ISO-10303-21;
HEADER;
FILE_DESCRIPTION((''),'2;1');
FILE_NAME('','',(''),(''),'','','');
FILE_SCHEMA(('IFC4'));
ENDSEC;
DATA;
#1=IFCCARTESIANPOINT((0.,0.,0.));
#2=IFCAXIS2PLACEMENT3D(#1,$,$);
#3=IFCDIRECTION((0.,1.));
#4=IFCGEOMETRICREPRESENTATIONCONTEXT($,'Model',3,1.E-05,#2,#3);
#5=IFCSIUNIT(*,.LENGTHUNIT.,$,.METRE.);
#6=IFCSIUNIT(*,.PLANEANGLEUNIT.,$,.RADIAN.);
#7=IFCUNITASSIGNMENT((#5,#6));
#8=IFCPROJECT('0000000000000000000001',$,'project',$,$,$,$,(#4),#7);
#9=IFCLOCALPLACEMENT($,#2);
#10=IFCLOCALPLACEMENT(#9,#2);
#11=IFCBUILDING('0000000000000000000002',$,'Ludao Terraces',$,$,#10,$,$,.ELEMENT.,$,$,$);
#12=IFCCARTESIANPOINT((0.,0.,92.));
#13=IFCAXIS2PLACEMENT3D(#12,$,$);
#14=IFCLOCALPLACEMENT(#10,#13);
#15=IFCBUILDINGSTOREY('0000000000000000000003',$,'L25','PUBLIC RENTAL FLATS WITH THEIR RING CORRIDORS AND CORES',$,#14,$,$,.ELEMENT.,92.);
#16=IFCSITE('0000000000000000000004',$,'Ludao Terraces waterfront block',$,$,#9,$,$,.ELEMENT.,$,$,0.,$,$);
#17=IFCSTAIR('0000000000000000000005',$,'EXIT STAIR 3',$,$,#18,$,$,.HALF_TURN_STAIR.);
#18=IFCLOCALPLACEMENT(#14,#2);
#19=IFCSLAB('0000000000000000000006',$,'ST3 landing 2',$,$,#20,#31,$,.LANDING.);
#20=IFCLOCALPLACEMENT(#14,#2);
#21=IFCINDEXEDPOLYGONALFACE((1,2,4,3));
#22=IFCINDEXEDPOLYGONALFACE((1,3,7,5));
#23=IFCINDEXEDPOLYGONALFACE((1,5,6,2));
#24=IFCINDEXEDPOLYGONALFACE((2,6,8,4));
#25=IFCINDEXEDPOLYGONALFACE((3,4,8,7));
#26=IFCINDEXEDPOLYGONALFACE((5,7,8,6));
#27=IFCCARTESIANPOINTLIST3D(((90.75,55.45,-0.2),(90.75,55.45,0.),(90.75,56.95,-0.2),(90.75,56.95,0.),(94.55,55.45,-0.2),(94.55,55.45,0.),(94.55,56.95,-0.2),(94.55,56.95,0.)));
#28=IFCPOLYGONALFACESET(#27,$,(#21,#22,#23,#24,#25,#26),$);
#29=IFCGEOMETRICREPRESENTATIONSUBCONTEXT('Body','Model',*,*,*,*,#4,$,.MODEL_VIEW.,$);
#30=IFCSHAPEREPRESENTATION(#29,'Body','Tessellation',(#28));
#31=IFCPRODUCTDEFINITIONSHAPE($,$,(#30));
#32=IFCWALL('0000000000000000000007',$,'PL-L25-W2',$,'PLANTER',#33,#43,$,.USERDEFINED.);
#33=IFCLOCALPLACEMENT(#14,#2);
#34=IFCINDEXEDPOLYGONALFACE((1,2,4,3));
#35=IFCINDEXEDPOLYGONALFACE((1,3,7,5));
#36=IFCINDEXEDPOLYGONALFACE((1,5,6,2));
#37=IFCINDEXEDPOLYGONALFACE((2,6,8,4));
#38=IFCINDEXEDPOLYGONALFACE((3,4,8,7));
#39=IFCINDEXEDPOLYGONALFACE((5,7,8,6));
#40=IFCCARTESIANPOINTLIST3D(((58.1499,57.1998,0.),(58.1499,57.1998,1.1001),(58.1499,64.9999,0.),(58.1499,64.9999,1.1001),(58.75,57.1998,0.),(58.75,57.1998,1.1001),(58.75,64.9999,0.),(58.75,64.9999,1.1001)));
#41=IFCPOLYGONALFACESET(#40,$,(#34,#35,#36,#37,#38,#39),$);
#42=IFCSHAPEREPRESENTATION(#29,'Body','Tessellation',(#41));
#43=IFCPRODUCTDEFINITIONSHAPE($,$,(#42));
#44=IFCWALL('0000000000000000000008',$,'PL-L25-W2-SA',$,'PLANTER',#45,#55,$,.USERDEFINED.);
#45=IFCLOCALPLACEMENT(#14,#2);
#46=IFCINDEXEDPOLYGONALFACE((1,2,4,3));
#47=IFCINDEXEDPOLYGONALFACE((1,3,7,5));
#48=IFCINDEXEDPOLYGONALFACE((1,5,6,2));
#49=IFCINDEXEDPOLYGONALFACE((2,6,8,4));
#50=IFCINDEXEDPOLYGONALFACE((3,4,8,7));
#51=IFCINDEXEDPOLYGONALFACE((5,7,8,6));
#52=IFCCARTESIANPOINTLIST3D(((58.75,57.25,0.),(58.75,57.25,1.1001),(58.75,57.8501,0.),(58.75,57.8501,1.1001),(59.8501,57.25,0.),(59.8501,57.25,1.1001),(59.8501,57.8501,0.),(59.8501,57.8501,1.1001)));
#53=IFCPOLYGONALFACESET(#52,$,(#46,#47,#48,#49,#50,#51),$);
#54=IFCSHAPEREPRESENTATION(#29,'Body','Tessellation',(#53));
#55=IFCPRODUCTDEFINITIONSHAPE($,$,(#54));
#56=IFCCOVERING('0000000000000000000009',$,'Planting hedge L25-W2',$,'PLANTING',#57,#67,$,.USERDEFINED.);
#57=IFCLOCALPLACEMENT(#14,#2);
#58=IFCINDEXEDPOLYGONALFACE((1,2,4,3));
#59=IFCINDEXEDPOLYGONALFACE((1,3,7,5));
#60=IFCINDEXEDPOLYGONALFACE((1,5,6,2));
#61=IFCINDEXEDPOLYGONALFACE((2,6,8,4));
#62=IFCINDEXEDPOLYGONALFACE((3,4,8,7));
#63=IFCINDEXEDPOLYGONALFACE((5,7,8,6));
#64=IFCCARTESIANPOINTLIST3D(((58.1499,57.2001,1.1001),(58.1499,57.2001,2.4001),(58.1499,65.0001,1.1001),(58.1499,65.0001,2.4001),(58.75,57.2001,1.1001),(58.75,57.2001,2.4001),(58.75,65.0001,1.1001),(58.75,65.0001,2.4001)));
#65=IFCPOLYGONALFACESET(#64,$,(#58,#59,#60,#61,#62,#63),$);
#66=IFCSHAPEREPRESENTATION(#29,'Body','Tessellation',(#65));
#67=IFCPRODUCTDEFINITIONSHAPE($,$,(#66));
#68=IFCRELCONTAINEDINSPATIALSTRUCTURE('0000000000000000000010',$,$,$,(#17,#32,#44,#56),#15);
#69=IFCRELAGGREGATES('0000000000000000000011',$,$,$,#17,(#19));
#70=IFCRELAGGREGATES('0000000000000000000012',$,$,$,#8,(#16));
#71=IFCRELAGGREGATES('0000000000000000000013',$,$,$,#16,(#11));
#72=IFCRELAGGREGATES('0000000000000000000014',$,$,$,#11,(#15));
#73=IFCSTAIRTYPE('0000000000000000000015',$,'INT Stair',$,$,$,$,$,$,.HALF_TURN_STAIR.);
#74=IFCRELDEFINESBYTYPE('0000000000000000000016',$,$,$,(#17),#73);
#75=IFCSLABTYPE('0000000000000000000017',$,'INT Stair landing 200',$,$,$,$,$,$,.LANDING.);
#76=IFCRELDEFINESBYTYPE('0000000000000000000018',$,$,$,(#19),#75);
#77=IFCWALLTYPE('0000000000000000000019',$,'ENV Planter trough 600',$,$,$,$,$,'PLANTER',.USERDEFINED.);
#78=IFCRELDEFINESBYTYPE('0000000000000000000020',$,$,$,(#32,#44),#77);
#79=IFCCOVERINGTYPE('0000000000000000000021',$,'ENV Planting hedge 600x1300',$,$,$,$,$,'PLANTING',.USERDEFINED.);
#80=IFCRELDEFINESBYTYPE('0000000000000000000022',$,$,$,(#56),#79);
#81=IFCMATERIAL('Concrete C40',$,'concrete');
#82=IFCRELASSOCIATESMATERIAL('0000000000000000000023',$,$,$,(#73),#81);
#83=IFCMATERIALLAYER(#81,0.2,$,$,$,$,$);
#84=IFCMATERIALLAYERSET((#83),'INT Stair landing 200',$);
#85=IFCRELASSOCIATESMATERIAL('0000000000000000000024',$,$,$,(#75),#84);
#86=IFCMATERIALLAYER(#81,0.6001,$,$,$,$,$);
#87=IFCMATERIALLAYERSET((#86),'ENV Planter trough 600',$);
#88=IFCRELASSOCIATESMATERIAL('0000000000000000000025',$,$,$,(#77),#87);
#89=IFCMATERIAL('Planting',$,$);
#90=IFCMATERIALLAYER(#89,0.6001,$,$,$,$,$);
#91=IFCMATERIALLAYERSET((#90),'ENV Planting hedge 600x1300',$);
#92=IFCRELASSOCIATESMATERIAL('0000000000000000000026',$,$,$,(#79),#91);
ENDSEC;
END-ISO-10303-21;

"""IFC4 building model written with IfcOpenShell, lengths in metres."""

from ifc_helpers import new_model, si_unit, direction, frame, frame_2d, origin, origin_2d, place, context, subcontext, project, spatial, polyline, rectangle, outline, extrude, material, layer, layer_set, type_object, element, aggregate, save


model = new_model("IFC4")

# Units and contexts
model_context = context("Model", 3, precision=1e-05, world=origin(), true_north=direction((0.0, 1.0)))
body_context = subcontext(model_context, "Body", "Model", "MODEL_VIEW")
ifc_project = project(units=[si_unit("LENGTHUNIT", "METRE"), si_unit("PLANEANGLEUNIT", "RADIAN")], contexts=[model_context])

# Site, building, storey
site_placement = place(None, origin())
site = spatial("IfcSite", under=ifc_project, at=site_placement, Name="Ludao Terraces waterfront block", CompositionType="ELEMENT", RefElevation=0.0)
building_placement = place(site_placement, origin())
building = spatial("IfcBuilding", under=site, at=building_placement, Name="Ludao Terraces", CompositionType="ELEMENT")
storey_placement = place(building_placement, frame((0.0, 0.0, 92.0)))
storey = spatial("IfcBuildingStorey", under=building, at=storey_placement, Name="L25", Description="PUBLIC RENTAL FLATS WITH THEIR RING CORRIDORS AND CORES", CompositionType="ELEMENT", Elevation=92.0)

# Shared definitions
ifc_material_1 = material(Name="Concrete C40", Category="concrete")

# Stair, slab
stair_type = type_object("IfcStairType", Name="INT Stair", PredefinedType="HALF_TURN_STAIR", material=ifc_material_1)
ifc_layer_1 = layer(ifc_material_1, 0.2)
ifc_layer_set_1 = layer_set([ifc_layer_1], Name="INT Stair landing 200")
slab_type_1 = type_object("IfcSlabType", Name="INT Stair landing 200", PredefinedType="LANDING", material=ifc_layer_set_1)
stair_1_placement = place(storey_placement, origin())
stair_1 = element("IfcStair", 1, at=stair_1_placement, inside=storey, type_object=stair_type, Name="EXIT STAIR 3", PredefinedType="HALF_TURN_STAIR")
slab_1_placement = place(storey_placement, frame((0.0, 0.0, -0.2)))
slab_1 = element("IfcSlab", 2, at=slab_1_placement, type_object=slab_type_1, Name="ST3 landing 2", PredefinedType="LANDING", context=body_context, shape_type="SweptSolid", body=[
    extrude(outline(polyline([(90.75, 55.45), (94.55, 55.45), (94.55, 56.95), (90.75, 56.95), (90.75, 55.45)])), origin(), (0.0, 0.0, 1.0), 0.2),
])
aggregate(stair_1, [slab_1])

# Walls
ifc_layer_2 = layer(ifc_material_1, 0.6001)
ifc_layer_set_2 = layer_set([ifc_layer_2], Name="ENV Planter trough 600")
wall_type = type_object("IfcWallType", Name="ENV Planter trough 600", ElementType="PLANTER", PredefinedType="USERDEFINED", material=ifc_layer_set_2)
wall_1_placement = place(storey_placement, frame((58.45, 57.2, 0.0), z_axis=(0.0, 0.0, 1.0), x_axis=(0.0, 1.0, 0.0)))
element("IfcWall", 3, at=wall_1_placement, inside=storey, type_object=wall_type, Name="PL-L25-W2", ObjectType="PLANTER", PredefinedType="USERDEFINED", context=body_context, shape_type="SweptSolid", body=[
    extrude(rectangle(XDim=7.8, YDim=0.6001, at=frame_2d((3.8999, 0.0))), origin(), (0.0, 0.0, 1.0), 1.1001),
])
wall_2_placement = place(storey_placement, frame((58.75, 57.55, 0.0), z_axis=(0.0, 0.0, 1.0), x_axis=(1.0, 0.0, 0.0)))
element("IfcWall", 4, at=wall_2_placement, inside=storey, type_object=wall_type, Name="PL-L25-W2-SA", ObjectType="PLANTER", PredefinedType="USERDEFINED", context=body_context, shape_type="SweptSolid", body=[
    extrude(rectangle(XDim=1.1001, YDim=0.6001, at=frame_2d((0.55, 0.0))), origin(), (0.0, 0.0, 1.0), 1.1001),
])

# Covering
ifc_material_2 = material(Name="Planting")
ifc_layer_3 = layer(ifc_material_2, 0.6001)
ifc_layer_set_3 = layer_set([ifc_layer_3], Name="ENV Planting hedge 600x1300")
covering_type = type_object("IfcCoveringType", Name="ENV Planting hedge 600x1300", ElementType="PLANTING", PredefinedType="USERDEFINED", material=ifc_layer_set_3)
covering_placement = place(storey_placement, frame((58.45, 61.1001, 1.1001), z_axis=(0.0, 0.0, 1.0), x_axis=(1.0, 0.0, 0.0)))
element("IfcCovering", 5, at=covering_placement, inside=storey, type_object=covering_type, Name="Planting hedge L25-W2", ObjectType="PLANTING", PredefinedType="USERDEFINED", context=body_context, shape_type="SweptSolid", body=[
    extrude(rectangle(XDim=0.6001, YDim=7.8, at=origin_2d()), origin(), (0.0, 0.0, 1.0), 1.3),
])

save(model, "model.ifc")
